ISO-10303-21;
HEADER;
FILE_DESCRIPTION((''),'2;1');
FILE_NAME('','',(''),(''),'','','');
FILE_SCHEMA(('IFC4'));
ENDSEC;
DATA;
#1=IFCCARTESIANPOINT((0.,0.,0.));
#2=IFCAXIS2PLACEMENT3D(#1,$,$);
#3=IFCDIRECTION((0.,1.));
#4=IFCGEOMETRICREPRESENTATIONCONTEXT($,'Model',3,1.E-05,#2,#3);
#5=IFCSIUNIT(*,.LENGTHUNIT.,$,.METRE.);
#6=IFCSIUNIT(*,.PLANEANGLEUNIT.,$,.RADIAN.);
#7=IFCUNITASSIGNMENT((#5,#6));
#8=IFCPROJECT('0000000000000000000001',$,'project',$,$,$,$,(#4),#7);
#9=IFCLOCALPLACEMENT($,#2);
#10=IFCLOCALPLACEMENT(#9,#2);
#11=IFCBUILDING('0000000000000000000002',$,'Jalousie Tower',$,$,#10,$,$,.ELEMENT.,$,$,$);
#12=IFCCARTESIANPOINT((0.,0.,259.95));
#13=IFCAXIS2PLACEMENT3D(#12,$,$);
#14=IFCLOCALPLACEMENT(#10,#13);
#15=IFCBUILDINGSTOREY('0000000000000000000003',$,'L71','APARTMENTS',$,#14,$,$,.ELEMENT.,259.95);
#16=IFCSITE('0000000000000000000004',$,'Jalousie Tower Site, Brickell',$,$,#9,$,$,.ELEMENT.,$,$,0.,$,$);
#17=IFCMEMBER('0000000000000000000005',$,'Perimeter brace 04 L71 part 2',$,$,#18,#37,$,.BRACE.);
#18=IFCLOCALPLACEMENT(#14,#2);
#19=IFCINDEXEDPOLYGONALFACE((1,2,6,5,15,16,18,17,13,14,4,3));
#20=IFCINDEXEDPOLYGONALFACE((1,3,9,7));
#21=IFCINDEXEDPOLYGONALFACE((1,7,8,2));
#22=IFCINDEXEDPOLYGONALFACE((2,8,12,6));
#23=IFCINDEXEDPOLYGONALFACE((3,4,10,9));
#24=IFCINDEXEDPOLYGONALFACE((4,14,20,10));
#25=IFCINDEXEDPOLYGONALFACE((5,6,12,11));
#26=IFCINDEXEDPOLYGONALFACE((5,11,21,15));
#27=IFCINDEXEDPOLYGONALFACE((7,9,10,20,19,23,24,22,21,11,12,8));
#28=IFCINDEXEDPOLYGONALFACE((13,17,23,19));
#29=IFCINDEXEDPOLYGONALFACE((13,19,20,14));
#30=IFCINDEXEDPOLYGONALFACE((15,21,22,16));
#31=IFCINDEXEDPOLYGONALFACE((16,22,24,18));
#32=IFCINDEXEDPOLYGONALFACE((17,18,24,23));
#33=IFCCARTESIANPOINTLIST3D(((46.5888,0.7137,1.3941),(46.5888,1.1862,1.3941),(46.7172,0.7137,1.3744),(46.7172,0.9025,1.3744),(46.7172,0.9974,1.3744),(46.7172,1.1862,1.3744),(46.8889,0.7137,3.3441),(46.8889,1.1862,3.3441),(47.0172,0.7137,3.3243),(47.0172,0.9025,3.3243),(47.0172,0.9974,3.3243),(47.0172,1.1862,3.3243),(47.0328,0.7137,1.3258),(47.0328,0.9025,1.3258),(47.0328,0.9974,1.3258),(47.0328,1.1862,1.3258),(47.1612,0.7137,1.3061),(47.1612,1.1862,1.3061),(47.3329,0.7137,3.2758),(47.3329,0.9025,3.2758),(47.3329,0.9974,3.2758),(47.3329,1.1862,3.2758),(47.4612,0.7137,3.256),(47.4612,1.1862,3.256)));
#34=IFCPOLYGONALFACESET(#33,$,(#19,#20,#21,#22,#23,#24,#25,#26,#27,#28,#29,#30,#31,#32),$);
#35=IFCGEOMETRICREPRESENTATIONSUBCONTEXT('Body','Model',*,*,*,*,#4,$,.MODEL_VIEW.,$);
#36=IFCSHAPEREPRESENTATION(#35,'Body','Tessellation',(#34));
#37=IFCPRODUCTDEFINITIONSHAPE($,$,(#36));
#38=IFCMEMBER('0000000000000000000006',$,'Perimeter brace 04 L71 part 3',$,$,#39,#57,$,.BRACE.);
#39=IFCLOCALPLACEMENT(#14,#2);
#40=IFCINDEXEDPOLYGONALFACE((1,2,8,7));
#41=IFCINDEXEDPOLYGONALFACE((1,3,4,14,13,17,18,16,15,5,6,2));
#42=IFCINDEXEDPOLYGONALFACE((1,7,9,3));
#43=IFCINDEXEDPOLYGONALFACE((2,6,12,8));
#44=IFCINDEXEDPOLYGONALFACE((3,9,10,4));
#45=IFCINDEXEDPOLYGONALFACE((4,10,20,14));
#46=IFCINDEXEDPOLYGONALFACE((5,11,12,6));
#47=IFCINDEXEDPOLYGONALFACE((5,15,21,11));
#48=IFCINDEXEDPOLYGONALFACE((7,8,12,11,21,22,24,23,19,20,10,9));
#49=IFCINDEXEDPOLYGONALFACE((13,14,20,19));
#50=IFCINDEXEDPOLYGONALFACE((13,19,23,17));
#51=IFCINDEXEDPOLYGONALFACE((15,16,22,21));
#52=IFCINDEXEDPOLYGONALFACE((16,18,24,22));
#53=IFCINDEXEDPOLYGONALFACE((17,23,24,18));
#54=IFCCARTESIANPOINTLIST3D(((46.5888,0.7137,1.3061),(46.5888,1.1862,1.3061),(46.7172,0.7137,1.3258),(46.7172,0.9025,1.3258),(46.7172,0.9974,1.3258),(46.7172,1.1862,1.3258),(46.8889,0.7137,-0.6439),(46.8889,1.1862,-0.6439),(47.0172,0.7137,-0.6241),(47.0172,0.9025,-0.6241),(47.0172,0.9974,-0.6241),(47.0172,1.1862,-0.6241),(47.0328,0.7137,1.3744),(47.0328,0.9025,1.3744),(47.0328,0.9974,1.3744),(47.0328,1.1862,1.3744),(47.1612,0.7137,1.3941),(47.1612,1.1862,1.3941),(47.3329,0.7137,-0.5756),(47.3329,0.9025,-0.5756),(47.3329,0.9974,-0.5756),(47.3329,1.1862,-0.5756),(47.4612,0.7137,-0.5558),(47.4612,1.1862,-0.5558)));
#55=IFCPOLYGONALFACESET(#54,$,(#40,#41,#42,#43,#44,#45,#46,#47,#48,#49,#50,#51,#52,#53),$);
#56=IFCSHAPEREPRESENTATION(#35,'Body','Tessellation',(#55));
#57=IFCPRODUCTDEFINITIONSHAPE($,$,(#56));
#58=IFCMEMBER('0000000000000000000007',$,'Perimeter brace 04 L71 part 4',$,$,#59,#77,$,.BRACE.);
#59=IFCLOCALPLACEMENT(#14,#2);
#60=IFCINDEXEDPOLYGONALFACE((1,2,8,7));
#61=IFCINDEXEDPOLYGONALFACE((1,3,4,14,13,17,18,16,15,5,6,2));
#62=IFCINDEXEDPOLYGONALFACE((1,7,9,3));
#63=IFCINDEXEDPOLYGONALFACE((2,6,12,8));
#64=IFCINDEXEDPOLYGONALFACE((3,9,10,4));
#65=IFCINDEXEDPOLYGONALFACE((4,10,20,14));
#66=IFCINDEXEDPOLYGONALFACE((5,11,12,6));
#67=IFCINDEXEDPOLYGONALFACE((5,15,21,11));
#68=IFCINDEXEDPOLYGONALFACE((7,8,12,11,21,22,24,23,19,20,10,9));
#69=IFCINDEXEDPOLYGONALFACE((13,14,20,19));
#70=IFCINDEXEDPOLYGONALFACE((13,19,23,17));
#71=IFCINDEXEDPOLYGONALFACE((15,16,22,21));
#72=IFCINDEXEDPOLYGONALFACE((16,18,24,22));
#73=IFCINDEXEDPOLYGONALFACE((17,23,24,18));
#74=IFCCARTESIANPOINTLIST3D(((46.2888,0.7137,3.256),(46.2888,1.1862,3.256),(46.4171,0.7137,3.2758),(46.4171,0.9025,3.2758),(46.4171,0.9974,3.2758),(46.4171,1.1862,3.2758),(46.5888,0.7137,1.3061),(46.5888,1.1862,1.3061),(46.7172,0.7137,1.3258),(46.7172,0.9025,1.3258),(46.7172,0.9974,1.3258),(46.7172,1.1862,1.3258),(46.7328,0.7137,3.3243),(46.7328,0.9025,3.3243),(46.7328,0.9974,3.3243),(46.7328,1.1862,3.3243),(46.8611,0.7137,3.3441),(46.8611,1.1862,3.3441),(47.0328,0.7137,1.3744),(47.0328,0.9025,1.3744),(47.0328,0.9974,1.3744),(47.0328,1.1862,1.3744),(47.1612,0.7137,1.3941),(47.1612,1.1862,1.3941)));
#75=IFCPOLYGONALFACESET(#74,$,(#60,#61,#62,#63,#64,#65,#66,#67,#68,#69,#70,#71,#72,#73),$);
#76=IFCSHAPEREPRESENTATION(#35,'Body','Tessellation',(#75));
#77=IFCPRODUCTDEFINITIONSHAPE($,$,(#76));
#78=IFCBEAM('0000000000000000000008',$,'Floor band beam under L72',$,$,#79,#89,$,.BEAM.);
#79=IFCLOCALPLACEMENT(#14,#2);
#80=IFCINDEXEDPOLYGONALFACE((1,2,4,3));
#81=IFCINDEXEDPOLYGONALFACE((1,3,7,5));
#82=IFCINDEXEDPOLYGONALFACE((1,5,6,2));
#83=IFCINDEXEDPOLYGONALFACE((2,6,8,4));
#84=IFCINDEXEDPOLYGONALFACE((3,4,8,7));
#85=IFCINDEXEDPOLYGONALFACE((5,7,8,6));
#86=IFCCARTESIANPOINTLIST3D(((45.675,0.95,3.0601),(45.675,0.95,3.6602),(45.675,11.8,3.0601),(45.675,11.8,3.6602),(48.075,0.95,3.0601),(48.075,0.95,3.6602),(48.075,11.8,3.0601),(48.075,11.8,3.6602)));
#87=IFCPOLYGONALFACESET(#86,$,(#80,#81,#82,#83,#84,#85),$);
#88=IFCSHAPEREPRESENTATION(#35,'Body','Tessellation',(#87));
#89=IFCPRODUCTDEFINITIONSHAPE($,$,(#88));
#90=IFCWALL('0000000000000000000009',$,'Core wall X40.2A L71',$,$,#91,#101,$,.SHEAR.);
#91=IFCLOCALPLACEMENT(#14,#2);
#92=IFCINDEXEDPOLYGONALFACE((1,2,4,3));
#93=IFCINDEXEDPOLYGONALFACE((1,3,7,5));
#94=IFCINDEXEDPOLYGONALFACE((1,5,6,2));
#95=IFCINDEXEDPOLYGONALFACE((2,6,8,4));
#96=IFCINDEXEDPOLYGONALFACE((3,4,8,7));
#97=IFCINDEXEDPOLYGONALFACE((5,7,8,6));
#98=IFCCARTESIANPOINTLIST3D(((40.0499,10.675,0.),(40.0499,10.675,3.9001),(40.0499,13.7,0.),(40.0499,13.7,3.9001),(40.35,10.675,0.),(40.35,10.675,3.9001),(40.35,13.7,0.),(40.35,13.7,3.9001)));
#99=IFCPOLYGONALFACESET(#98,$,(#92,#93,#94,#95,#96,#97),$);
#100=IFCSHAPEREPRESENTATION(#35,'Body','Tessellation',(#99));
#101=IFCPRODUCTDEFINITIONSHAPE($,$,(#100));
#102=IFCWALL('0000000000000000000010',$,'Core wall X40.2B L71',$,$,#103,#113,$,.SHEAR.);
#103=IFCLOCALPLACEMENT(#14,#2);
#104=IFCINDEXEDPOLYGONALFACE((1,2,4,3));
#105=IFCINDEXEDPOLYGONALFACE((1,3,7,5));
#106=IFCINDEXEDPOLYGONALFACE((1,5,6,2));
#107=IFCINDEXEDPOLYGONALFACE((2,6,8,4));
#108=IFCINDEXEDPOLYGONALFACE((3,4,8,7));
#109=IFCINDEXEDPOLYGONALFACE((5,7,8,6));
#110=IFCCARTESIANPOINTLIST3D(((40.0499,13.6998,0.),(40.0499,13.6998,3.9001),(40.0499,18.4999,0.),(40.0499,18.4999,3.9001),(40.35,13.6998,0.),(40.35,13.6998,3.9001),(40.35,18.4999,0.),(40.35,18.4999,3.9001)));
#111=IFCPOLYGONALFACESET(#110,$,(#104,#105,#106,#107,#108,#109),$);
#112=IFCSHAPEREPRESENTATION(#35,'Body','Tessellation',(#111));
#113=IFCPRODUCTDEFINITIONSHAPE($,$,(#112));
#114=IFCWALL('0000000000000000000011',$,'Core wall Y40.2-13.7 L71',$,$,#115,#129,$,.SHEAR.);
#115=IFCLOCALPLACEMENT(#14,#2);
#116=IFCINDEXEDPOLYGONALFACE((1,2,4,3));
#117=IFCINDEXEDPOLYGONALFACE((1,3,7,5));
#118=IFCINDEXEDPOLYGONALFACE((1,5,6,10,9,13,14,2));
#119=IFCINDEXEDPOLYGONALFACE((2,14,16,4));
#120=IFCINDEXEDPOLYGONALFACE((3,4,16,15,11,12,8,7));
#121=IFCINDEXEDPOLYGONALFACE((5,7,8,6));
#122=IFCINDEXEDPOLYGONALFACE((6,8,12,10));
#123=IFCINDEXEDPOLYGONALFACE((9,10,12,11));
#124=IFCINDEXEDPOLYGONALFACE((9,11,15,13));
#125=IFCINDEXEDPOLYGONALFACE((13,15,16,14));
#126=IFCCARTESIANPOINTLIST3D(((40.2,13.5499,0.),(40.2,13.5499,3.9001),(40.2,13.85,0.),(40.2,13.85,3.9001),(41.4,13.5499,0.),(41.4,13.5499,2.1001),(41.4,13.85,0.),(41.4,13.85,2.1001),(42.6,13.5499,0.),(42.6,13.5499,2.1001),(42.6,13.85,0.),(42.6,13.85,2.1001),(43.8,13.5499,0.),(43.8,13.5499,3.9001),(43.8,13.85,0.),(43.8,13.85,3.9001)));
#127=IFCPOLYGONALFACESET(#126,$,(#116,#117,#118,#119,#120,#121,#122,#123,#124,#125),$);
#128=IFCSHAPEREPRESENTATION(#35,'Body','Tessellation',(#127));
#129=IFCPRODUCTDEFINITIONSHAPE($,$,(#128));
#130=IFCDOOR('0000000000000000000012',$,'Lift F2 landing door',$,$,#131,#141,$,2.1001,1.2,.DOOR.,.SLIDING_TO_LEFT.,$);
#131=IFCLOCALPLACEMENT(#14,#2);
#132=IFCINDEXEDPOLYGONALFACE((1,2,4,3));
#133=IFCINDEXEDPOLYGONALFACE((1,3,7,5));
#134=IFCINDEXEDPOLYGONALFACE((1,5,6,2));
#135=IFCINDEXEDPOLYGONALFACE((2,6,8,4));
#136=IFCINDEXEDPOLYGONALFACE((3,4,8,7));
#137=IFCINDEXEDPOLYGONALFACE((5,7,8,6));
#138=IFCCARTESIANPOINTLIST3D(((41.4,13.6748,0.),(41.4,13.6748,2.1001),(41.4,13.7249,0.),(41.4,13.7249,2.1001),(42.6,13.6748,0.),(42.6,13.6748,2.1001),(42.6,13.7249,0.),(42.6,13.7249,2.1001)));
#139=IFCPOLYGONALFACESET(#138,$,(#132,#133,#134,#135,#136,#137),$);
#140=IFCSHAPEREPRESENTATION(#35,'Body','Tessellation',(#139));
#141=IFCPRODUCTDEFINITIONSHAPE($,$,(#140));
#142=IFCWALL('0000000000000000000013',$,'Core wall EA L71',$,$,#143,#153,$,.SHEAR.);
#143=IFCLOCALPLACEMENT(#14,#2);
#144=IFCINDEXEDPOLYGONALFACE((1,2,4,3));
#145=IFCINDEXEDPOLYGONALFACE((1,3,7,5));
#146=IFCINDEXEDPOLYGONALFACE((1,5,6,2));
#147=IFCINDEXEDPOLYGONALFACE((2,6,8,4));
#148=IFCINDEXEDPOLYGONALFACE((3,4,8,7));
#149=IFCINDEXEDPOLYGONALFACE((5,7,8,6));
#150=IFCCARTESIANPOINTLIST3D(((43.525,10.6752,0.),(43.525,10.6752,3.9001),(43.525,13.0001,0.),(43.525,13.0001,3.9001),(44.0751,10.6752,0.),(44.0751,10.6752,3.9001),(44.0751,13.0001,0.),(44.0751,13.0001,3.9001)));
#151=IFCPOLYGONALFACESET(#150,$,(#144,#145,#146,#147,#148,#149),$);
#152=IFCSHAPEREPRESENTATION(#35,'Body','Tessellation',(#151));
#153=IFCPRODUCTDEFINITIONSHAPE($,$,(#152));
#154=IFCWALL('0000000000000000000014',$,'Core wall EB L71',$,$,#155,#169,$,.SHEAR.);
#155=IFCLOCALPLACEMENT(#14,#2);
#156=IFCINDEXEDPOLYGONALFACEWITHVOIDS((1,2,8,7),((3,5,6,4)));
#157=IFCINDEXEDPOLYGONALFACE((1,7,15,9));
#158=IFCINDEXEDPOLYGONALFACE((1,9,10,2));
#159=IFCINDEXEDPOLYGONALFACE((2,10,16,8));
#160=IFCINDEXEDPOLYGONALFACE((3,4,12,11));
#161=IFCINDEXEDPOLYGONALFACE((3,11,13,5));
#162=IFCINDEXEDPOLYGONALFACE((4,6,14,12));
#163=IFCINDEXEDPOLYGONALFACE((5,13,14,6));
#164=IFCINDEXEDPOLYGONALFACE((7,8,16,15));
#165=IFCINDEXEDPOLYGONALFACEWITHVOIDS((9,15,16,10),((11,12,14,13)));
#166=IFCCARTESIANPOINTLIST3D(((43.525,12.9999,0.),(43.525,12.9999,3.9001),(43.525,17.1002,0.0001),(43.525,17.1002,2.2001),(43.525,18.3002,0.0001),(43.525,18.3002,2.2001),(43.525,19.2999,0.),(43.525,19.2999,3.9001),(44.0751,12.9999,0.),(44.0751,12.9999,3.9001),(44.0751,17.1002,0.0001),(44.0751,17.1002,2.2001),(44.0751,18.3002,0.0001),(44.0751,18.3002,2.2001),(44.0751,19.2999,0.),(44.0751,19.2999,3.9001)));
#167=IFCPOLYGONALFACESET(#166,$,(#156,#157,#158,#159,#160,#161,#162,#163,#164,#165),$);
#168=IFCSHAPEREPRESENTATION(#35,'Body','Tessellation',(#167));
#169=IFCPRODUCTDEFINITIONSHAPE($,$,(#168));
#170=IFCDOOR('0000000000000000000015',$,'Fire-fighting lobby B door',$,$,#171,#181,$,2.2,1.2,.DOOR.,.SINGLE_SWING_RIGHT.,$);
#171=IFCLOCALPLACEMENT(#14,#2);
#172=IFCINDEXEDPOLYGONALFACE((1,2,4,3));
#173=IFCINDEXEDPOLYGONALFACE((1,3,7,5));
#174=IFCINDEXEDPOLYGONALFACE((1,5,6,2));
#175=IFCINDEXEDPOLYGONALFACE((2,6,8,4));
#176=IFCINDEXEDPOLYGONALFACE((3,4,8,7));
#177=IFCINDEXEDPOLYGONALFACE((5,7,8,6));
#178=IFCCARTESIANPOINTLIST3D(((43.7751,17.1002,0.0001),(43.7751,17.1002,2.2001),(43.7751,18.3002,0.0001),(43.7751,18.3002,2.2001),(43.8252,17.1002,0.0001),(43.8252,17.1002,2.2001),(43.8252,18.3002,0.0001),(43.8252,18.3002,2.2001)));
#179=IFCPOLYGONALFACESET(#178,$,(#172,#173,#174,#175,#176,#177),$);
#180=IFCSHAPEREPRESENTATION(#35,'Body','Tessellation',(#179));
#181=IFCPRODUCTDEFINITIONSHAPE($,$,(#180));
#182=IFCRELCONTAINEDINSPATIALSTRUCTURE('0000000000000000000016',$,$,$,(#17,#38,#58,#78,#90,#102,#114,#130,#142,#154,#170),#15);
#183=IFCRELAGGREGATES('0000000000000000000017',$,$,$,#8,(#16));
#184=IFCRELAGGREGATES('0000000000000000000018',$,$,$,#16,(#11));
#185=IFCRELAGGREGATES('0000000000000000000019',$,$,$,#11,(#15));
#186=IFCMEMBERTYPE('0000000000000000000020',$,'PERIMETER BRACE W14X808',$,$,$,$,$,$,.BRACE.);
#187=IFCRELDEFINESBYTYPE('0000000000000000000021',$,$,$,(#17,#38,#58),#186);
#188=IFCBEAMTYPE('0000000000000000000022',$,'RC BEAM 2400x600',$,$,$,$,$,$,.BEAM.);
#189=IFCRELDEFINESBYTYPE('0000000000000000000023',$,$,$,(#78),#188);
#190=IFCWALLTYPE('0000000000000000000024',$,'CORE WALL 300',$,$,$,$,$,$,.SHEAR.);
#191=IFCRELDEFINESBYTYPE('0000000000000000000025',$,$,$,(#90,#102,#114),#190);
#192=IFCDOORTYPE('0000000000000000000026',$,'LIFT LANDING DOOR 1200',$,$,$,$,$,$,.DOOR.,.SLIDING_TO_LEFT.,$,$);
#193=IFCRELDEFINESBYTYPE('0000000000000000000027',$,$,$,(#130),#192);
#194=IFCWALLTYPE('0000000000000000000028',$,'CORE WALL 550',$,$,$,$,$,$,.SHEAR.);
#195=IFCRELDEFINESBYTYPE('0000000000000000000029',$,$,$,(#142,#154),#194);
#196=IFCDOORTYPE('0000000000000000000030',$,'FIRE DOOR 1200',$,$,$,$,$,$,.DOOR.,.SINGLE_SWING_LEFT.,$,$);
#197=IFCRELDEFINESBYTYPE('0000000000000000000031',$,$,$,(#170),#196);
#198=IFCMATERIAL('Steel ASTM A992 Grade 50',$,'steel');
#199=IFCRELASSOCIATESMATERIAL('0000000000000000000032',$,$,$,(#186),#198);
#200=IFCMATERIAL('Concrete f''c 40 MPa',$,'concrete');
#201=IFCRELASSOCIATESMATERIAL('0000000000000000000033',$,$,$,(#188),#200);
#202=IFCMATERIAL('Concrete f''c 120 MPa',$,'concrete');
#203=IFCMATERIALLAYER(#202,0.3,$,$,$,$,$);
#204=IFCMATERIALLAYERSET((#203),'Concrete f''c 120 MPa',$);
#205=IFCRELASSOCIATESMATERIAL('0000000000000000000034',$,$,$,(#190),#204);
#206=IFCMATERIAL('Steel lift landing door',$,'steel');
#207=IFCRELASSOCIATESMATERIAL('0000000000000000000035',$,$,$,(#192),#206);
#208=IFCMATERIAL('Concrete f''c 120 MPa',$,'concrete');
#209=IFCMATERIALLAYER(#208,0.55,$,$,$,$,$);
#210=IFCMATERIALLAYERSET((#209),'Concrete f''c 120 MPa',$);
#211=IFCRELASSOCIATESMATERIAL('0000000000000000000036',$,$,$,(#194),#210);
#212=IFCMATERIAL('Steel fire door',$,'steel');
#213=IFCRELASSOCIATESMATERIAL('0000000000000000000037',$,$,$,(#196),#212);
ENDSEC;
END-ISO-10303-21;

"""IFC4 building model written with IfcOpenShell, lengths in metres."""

from ifc_helpers import new_model, si_unit, direction, frame, frame_2d, origin, origin_2d, place, context, subcontext, project, spatial, rectangle, i_section, extrude, material, layer, layer_set, material_profile, profile_set, type_object, element, fill, save


model = new_model("IFC4")

# Units and contexts
model_context = context("Model", 3, precision=1e-05, world=origin(), true_north=direction((0.0, 1.0)))
body_context = subcontext(model_context, "Body", "Model", "MODEL_VIEW")
ifc_project = project(units=[si_unit("LENGTHUNIT", "METRE"), si_unit("PLANEANGLEUNIT", "RADIAN")], contexts=[model_context])

# Site, building, storey
site_placement = place(None, origin())
site = spatial("IfcSite", under=ifc_project, at=site_placement, Name="Jalousie Tower Site, Brickell", CompositionType="ELEMENT", RefElevation=0.0)
building_placement = place(site_placement, origin())
building = spatial("IfcBuilding", under=site, at=building_placement, Name="Jalousie Tower", CompositionType="ELEMENT")
storey_placement = place(building_placement, frame((0.0, 0.0, 259.95)))
storey = spatial("IfcBuildingStorey", under=building, at=storey_placement, Name="L71", Description="APARTMENTS", CompositionType="ELEMENT", Elevation=259.95)

# Members
ifc_material_1 = material(Name="Steel ASTM A992 Grade 50", Category="steel")
ifc_material_profile_1 = material_profile(ifc_material_1, i_section(OverallWidth=0.4724, OverallDepth=0.5791, WebThickness=0.095, FlangeThickness=0.1299, at=origin_2d()), Name="W14X808")
ifc_profile_set_1 = profile_set([ifc_material_profile_1], Name="Steel ASTM A992 Grade 50")
member_type = type_object("IfcMemberType", Name="PERIMETER BRACE W14X808", PredefinedType="BRACE", material=ifc_profile_set_1)
for number, where, z_axis, x_axis, name in (
    (1, (46.875, 0.95, 1.3501), (0.152085, 0.0, 0.988367), (0.0, 1.0, 0.0), "Perimeter brace 04 L71 part 2"),
    (2, (47.175, 0.95, -0.5999), (-0.152085, 0.0, 0.988367), (0.0, -1.0, 0.0), "Perimeter brace 04 L71 part 3"),
    (3, (46.875, 0.95, 1.3501), (-0.152085, 0.0, 0.988367), (0.0, -1.0, 0.0), "Perimeter brace 04 L71 part 4"),
):
    element("IfcMember", number, at=place(storey_placement, frame(where, z_axis=z_axis, x_axis=x_axis)), inside=storey, type_object=member_type, Name=name, PredefinedType="BRACE", context=body_context, shape_type="SweptSolid", body=[
        extrude(i_section(OverallWidth=0.4724, OverallDepth=0.5791, WebThickness=0.095, FlangeThickness=0.1299, at=origin_2d()), origin(), (0.0, 0.0, 1.0), 1.9729),
    ])

# Beam
ifc_material_2 = material(Name="Concrete f'c 40 MPa", Category="concrete")
ifc_material_profile_2 = material_profile(ifc_material_2, rectangle(XDim=2.3999, YDim=0.6001, at=origin_2d()), Name="RC 2400x600")
ifc_profile_set_2 = profile_set([ifc_material_profile_2], Name="Concrete f'c 40 MPa")
beam_type = type_object("IfcBeamType", Name="RC BEAM 2400x600", PredefinedType="BEAM", material=ifc_profile_set_2)
beam_placement = place(storey_placement, frame((46.875, 0.95, 3.3601), z_axis=(0.0, 1.0, 0.0), x_axis=(-1.0, 0.0, 0.0)))
element("IfcBeam", 4, at=beam_placement, inside=storey, type_object=beam_type, Name="Floor band beam under L72", PredefinedType="BEAM", context=body_context, shape_type="SweptSolid", body=[
    extrude(rectangle(XDim=2.3999, YDim=0.6001, at=origin_2d()), origin(), (0.0, 0.0, 1.0), 10.8501),
])

# Walls
ifc_material_3 = material(Name="Concrete f'c 120 MPa", Category="concrete")
ifc_layer_1 = layer(ifc_material_3, 0.3)
ifc_layer_set_1 = layer_set([ifc_layer_1], Name="Concrete f'c 120 MPa")
wall_type_1 = type_object("IfcWallType", Name="CORE WALL 300", PredefinedType="SHEAR", material=ifc_layer_set_1)
wall_1_placement = place(storey_placement, frame((40.2, 10.675, 0.0), z_axis=(0.0, 0.0, 1.0), x_axis=(0.0, 1.0, 0.0)))
element("IfcWall", 5, at=wall_1_placement, inside=storey, type_object=wall_type_1, Name="Core wall X40.2A L71", PredefinedType="SHEAR", context=body_context, shape_type="SweptSolid", body=[
    extrude(rectangle(XDim=3.0249, YDim=0.3, at=frame_2d((1.5125, 0.0))), origin(), (0.0, 0.0, 1.0), 3.9001),
])
wall_2_placement = place(storey_placement, frame((40.2, 13.7, 0.0), z_axis=(0.0, 0.0, 1.0), x_axis=(0.0, 1.0, 0.0)))
element("IfcWall", 6, at=wall_2_placement, inside=storey, type_object=wall_type_1, Name="Core wall X40.2B L71", PredefinedType="SHEAR", context=body_context, shape_type="SweptSolid", body=[
    extrude(rectangle(XDim=4.8, YDim=0.3, at=frame_2d((2.3999, 0.0))), origin(), (0.0, 0.0, 1.0), 3.9001),
])

# Wall, opening, door
wall_3_placement = place(storey_placement, frame((40.2, 13.7, 0.0), z_axis=(0.0, 0.0, 1.0), x_axis=(1.0, 0.0, 0.0)))
wall_3 = element("IfcWall", 7, at=wall_3_placement, inside=storey, type_object=wall_type_1, Name="Core wall Y40.2-13.7 L71", PredefinedType="SHEAR", context=body_context, shape_type="SweptSolid", body=[
    extrude(rectangle(XDim=3.6001, YDim=0.3, at=frame_2d((1.8, 0.0))), origin(), (0.0, 0.0, 1.0), 3.9001),
])
opening_1_placement = place(wall_3_placement, frame((1.2, 0.0, 0.0)))
opening_1 = element("IfcOpeningElement", 8, at=opening_1_placement, cuts=wall_3, PredefinedType="OPENING", context=body_context, shape_type="SweptSolid", body=[
    extrude(rectangle(XDim=1.2, YDim=2.1001, at=frame_2d((0.6001, 1.05))), frame((0.0, 0.1599, 0.0), z_axis=(0.0, -1.0, 0.0), x_axis=(1.0, 0.0, 0.0)), (0.0, 0.0, 1.0), 0.3201),
])
ifc_material_4 = material(Name="Steel lift landing door", Category="steel")
door_type_1 = type_object("IfcDoorType", Name="LIFT LANDING DOOR 1200", OperationType="SLIDING_TO_LEFT", PredefinedType="DOOR", material=ifc_material_4)
door_1_placement = place(opening_1_placement, origin())
door_1 = element("IfcDoor", 9, at=door_1_placement, inside=storey, type_object=door_type_1, Name="Lift F2 landing door", OperationType="SLIDING_TO_LEFT", OverallHeight=2.1001, OverallWidth=1.2, PredefinedType="DOOR", context=body_context, shape_type="SweptSolid", body=[
    extrude(rectangle(XDim=1.2, YDim=2.1001, at=frame_2d((0.6001, 1.05))), frame((0.0, 0.0249, 0.0), z_axis=(0.0, -1.0, 0.0), x_axis=(1.0, 0.0, 0.0)), (0.0, 0.0, 1.0), 0.05),
])
fill(opening_1, door_1)

# Wall
ifc_material_5 = material(Name="Concrete f'c 120 MPa", Category="concrete")
ifc_layer_2 = layer(ifc_material_5, 0.55)
ifc_layer_set_2 = layer_set([ifc_layer_2], Name="Concrete f'c 120 MPa")
wall_type_2 = type_object("IfcWallType", Name="CORE WALL 550", PredefinedType="SHEAR", material=ifc_layer_set_2)
wall_4_placement = place(storey_placement, frame((43.8, 10.675, 0.0), z_axis=(0.0, 0.0, 1.0), x_axis=(0.0, 1.0, 0.0)))
element("IfcWall", 10, at=wall_4_placement, inside=storey, type_object=wall_type_2, Name="Core wall EA L71", PredefinedType="SHEAR", context=body_context, shape_type="SweptSolid", body=[
    extrude(rectangle(XDim=2.325, YDim=0.55, at=frame_2d((1.1626, 0.0))), origin(), (0.0, 0.0, 1.0), 3.9001),
])

# Wall, opening, door
wall_5_placement = place(storey_placement, frame((43.8, 13.0, 0.0), z_axis=(0.0, 0.0, 1.0), x_axis=(0.0, 1.0, 0.0)))
wall_5 = element("IfcWall", 11, at=wall_5_placement, inside=storey, type_object=wall_type_2, Name="Core wall EB L71", PredefinedType="SHEAR", context=body_context, shape_type="SweptSolid", body=[
    extrude(rectangle(XDim=6.3, YDim=0.55, at=frame_2d((3.1499, 0.0))), origin(), (0.0, 0.0, 1.0), 3.9001),
])
opening_2_placement = place(wall_5_placement, frame((4.1001, 0.0, 0.0)))
opening_2 = element("IfcOpeningElement", 12, at=opening_2_placement, cuts=wall_5, PredefinedType="OPENING", context=body_context, shape_type="SweptSolid", body=[
    extrude(rectangle(XDim=1.2, YDim=2.2, at=frame_2d((0.6001, 1.1001))), frame((0.0, 0.2849, 0.0), z_axis=(0.0, -1.0, 0.0), x_axis=(1.0, 0.0, 0.0)), (0.0, 0.0, 1.0), 0.5701),
])
ifc_material_6 = material(Name="Steel fire door", Category="steel")
door_type_2 = type_object("IfcDoorType", Name="FIRE DOOR 1200", OperationType="SINGLE_SWING_LEFT", PredefinedType="DOOR", material=ifc_material_6)
door_2_placement = place(opening_2_placement, origin())
door_2 = element("IfcDoor", 13, at=door_2_placement, inside=storey, type_object=door_type_2, Name="Fire-fighting lobby B door", OperationType="SINGLE_SWING_RIGHT", OverallHeight=2.2, OverallWidth=1.2, PredefinedType="DOOR", context=body_context, shape_type="SweptSolid", body=[
    extrude(rectangle(XDim=1.2, YDim=2.2, at=frame_2d((0.6001, 1.1001))), frame((0.0, 0.0249, 0.0), z_axis=(0.0, -1.0, 0.0), x_axis=(1.0, 0.0, 0.0)), (0.0, 0.0, 1.0), 0.05),
])
fill(opening_2, door_2)

save(model, "model.ifc")
